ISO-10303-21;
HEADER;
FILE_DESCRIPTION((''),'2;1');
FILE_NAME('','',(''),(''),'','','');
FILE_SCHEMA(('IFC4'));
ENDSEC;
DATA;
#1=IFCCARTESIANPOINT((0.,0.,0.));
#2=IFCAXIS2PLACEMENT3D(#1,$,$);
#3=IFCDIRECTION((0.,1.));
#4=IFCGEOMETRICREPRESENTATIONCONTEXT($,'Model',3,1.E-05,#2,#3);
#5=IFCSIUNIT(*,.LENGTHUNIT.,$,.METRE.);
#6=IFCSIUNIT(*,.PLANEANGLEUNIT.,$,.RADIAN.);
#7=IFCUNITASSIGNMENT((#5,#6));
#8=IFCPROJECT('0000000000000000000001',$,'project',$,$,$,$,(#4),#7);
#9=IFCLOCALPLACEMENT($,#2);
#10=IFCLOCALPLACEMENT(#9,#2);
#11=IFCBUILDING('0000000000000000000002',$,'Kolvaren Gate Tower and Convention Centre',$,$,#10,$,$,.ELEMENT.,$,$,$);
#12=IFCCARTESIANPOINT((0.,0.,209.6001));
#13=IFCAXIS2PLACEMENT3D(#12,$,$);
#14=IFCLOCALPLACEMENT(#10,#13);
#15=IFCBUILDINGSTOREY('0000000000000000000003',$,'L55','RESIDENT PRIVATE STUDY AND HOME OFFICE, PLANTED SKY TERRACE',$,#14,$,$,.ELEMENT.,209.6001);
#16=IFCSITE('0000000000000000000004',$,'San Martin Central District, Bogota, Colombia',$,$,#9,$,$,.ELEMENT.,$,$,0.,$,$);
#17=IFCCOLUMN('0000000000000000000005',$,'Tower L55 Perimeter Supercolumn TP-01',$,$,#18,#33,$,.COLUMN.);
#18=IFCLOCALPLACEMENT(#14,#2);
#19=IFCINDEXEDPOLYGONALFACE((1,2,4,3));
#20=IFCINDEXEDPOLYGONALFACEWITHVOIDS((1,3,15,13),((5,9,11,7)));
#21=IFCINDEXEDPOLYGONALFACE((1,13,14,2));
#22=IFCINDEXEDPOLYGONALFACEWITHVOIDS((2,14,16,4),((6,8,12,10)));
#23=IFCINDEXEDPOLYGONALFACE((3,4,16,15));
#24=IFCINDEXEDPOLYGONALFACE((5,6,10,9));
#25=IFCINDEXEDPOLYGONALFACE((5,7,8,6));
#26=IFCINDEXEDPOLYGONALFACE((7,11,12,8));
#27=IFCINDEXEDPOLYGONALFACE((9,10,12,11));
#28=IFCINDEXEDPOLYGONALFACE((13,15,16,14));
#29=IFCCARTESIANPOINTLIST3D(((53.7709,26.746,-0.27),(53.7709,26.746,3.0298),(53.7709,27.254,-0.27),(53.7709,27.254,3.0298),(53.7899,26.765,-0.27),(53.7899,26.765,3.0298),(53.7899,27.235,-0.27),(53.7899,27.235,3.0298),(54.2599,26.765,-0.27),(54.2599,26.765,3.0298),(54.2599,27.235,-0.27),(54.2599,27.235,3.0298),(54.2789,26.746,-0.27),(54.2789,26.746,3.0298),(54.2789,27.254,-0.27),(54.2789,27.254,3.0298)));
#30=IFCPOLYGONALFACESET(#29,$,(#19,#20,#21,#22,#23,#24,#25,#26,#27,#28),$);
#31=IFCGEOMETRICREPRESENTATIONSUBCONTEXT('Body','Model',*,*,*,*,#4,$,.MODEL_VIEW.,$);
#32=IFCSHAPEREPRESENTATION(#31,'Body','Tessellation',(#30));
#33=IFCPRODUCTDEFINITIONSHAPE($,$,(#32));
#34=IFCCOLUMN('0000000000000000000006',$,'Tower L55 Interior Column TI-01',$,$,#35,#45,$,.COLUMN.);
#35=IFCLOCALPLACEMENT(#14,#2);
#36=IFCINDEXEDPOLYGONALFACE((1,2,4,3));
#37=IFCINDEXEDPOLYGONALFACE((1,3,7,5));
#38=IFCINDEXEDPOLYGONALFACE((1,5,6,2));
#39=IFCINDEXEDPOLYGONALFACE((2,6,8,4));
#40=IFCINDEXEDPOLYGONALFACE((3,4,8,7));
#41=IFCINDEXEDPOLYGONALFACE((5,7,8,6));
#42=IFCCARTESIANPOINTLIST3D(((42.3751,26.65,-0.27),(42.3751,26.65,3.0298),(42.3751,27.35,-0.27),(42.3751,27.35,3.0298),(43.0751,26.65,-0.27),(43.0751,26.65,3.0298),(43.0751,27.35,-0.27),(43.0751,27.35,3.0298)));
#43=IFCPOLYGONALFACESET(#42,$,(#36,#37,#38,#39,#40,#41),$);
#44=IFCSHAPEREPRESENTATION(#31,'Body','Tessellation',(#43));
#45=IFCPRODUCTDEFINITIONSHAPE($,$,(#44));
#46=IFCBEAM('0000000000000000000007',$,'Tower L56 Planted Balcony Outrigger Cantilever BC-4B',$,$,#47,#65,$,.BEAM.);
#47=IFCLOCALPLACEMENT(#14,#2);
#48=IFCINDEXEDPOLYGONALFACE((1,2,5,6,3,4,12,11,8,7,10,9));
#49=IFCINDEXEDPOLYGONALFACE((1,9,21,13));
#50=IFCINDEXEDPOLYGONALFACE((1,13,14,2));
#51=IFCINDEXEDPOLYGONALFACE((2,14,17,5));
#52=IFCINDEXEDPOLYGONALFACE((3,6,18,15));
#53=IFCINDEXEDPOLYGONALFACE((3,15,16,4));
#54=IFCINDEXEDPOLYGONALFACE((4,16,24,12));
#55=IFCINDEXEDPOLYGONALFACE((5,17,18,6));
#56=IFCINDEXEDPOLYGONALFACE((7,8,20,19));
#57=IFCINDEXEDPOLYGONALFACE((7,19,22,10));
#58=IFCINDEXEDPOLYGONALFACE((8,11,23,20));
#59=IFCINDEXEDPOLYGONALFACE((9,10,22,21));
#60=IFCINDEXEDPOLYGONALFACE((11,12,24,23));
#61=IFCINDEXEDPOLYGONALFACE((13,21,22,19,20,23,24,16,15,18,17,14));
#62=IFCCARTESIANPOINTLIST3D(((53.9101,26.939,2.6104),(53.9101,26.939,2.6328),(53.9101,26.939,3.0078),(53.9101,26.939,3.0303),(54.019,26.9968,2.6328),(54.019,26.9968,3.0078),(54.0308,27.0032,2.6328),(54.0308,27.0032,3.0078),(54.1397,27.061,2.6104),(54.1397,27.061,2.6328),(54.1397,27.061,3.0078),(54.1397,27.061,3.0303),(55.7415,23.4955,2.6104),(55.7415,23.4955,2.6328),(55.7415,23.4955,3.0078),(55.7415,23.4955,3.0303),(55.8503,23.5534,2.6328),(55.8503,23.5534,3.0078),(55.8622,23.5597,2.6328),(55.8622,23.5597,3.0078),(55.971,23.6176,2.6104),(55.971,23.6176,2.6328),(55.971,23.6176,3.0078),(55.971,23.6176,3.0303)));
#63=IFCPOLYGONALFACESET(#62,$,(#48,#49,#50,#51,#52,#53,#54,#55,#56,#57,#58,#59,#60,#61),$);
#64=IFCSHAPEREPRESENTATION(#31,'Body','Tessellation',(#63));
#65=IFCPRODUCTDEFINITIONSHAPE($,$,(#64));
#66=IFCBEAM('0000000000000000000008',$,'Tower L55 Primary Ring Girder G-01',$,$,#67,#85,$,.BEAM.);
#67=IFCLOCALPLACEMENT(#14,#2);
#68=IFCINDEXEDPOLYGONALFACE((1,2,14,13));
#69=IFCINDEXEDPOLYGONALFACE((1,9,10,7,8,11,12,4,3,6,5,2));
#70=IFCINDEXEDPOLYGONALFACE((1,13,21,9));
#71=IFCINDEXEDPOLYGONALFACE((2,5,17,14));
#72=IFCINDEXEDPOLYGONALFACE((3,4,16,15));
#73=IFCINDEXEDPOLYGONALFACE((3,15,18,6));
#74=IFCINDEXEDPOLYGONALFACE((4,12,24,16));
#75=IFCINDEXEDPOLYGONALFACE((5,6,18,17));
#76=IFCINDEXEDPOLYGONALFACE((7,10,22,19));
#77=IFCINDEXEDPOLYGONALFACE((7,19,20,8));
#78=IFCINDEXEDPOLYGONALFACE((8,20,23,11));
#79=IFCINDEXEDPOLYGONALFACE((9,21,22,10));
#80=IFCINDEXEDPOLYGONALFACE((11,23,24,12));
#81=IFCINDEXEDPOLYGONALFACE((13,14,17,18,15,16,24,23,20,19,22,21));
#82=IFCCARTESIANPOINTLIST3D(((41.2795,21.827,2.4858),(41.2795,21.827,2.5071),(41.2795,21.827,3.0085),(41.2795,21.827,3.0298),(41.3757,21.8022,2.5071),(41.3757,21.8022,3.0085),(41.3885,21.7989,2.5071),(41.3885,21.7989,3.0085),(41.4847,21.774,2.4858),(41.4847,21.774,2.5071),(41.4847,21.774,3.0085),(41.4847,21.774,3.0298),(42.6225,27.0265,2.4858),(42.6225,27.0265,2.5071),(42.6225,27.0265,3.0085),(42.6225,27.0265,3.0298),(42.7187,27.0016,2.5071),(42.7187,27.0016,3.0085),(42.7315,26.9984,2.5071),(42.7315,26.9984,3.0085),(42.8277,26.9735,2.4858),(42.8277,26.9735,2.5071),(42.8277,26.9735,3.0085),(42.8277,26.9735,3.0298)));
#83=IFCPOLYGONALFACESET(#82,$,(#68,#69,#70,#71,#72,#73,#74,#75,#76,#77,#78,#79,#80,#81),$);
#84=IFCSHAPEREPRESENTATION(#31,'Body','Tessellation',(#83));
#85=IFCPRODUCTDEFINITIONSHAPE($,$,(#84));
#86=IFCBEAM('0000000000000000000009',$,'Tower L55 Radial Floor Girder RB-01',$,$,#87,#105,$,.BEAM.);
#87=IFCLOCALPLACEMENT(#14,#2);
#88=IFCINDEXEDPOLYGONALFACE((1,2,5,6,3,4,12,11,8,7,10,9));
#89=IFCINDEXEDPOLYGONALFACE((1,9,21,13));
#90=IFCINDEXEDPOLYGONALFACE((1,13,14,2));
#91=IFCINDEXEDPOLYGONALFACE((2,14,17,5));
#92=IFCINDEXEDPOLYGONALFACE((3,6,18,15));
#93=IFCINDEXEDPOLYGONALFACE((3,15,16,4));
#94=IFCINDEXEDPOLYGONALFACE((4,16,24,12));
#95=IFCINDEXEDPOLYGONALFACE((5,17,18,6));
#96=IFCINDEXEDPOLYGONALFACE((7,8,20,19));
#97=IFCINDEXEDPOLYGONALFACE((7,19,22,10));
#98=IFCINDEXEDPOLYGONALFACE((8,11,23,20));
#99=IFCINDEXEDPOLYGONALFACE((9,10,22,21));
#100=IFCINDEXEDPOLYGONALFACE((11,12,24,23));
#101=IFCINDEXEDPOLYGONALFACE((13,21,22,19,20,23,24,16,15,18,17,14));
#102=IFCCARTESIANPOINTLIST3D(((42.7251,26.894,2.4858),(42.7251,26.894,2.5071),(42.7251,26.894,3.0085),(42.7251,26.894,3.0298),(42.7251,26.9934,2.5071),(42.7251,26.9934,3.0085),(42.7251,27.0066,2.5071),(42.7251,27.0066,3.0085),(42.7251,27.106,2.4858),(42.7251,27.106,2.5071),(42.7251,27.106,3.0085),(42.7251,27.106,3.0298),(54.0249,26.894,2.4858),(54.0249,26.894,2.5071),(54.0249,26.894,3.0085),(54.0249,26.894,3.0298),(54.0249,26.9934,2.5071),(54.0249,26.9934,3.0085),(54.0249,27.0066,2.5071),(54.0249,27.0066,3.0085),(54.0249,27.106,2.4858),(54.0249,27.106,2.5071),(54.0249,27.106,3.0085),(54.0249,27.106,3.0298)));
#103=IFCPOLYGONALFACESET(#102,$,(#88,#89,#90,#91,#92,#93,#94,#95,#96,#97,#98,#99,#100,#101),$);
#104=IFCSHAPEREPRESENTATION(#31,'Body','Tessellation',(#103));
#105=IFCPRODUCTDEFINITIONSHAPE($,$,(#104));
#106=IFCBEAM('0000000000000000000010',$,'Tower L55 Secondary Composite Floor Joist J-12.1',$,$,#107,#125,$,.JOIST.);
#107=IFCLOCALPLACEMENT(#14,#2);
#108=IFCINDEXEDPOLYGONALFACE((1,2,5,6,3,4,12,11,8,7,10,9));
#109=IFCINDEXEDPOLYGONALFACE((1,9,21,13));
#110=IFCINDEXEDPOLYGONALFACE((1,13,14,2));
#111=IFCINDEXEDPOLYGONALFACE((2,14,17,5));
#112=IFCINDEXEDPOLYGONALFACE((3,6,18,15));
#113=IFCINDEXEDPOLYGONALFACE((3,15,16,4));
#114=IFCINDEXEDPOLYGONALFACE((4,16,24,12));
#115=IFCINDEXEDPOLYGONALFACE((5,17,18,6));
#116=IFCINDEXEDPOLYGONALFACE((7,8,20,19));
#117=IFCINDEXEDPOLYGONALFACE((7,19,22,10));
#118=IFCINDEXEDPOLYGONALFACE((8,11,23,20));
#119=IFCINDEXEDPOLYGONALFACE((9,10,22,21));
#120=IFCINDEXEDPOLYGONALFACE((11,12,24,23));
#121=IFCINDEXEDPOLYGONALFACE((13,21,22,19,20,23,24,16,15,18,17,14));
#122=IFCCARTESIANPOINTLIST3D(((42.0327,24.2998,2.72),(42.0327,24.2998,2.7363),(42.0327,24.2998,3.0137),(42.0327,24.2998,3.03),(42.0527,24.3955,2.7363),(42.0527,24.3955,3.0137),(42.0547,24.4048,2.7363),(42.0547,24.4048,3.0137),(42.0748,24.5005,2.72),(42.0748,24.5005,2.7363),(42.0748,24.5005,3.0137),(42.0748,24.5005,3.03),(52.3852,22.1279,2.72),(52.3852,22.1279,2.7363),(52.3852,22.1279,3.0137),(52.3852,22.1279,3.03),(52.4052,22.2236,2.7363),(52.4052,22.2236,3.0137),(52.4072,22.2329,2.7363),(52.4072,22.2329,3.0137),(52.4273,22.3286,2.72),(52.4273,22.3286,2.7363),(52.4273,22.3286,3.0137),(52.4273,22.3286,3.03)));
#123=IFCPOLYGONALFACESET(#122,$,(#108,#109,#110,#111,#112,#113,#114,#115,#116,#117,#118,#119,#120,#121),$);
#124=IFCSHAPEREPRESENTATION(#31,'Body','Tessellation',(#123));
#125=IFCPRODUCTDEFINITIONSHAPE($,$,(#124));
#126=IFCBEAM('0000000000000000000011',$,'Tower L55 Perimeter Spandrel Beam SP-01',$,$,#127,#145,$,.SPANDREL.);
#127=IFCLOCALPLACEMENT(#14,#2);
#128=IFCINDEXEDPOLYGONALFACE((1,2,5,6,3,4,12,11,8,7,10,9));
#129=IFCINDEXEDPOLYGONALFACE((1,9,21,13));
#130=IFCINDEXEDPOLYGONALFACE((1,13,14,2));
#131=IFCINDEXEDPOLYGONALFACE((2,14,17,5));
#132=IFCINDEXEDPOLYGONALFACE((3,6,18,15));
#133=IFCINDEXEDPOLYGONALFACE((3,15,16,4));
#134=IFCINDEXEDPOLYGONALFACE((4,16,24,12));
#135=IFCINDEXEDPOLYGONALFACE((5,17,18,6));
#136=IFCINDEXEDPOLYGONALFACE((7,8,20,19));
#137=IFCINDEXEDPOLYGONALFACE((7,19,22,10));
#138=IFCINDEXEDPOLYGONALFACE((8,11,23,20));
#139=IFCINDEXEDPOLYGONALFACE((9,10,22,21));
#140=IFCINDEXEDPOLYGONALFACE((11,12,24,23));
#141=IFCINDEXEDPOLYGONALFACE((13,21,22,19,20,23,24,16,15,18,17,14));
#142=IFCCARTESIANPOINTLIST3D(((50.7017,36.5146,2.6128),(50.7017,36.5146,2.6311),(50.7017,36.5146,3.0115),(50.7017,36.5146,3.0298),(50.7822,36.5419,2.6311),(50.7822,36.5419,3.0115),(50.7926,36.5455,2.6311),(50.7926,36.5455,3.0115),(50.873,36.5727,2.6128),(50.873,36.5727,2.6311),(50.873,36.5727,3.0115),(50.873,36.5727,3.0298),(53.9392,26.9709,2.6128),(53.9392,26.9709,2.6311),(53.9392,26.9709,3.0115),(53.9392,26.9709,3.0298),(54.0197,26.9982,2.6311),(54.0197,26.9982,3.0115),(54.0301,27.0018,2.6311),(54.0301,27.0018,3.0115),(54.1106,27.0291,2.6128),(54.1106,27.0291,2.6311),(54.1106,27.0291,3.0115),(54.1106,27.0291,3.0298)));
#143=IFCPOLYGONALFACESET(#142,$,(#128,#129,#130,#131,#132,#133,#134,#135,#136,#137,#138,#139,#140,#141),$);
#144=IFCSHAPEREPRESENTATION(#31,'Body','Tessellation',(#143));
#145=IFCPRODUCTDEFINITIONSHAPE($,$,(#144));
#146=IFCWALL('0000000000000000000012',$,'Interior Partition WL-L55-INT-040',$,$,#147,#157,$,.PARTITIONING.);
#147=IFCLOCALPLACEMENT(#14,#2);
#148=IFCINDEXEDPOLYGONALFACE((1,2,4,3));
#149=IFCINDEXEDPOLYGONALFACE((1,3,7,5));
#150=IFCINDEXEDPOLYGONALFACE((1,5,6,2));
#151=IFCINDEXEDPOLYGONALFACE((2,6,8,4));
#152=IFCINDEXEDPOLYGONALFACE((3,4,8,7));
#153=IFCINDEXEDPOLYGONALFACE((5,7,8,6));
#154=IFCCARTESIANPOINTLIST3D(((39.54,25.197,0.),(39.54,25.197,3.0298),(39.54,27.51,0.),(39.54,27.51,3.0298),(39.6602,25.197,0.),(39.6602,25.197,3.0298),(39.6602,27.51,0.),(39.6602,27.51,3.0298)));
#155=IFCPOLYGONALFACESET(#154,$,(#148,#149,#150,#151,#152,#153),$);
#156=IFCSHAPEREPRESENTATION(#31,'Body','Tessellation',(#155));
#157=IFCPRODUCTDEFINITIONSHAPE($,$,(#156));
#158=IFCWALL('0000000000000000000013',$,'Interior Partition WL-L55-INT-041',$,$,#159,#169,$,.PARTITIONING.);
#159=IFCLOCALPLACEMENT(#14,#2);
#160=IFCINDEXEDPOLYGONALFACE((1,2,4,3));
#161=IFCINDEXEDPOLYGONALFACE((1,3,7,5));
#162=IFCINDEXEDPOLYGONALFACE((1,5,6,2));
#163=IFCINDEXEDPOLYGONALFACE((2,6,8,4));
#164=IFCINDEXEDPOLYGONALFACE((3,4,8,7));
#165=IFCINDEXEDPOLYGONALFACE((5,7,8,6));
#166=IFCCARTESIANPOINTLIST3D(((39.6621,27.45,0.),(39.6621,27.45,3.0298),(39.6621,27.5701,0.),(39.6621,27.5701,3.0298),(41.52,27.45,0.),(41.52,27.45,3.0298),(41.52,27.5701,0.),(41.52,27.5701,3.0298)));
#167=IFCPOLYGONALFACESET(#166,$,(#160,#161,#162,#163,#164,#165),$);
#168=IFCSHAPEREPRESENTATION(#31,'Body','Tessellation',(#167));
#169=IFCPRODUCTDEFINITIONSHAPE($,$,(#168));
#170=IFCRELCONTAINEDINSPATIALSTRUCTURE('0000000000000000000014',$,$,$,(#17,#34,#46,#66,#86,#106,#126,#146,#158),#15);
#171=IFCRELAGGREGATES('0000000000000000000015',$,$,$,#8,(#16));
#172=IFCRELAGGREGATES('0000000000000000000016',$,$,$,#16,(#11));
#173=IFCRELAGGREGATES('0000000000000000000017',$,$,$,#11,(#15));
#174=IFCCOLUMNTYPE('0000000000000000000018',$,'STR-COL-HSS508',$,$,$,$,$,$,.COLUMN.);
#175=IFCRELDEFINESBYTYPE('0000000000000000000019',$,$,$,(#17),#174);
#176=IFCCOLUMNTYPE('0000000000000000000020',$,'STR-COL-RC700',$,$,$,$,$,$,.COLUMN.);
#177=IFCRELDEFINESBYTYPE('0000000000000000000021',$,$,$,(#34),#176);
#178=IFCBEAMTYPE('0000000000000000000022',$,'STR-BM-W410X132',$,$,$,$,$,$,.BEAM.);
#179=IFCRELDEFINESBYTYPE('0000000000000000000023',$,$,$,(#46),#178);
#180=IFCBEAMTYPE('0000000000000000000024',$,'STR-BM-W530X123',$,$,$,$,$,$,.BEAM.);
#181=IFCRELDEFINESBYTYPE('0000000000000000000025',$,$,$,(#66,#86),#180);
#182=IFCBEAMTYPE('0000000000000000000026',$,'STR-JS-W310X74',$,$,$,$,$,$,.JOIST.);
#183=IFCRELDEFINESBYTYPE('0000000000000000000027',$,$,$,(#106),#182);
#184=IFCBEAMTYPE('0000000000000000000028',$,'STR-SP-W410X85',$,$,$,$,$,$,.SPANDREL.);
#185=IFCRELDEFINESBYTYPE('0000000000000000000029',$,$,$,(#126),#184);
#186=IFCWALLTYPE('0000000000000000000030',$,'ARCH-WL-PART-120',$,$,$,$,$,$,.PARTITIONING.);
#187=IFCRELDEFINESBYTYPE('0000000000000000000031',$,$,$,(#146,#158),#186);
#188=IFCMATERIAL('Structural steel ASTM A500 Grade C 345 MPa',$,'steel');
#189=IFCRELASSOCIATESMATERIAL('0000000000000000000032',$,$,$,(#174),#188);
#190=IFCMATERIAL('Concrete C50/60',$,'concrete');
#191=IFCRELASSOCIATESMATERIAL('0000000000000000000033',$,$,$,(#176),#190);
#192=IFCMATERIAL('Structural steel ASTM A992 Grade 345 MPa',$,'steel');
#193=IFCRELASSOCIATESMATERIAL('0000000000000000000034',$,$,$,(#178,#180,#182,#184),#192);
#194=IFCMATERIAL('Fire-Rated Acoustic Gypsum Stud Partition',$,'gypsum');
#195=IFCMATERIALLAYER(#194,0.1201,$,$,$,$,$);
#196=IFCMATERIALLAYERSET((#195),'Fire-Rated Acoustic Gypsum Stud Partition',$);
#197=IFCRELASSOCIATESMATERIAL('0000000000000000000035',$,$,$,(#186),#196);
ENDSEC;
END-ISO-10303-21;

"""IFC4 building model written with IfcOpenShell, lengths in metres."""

from ifc_helpers import new_model, si_unit, direction, frame, frame_2d, origin, origin_2d, place, context, subcontext, project, spatial, rectangle, hollow_rectangle, i_section, extrude, material, layer, layer_set, material_profile, profile_set, type_object, element, save


model = new_model("IFC4")

# Units and contexts
model_context = context("Model", 3, precision=1e-05, world=origin(), true_north=direction((0.0, 1.0)))
body_context = subcontext(model_context, "Body", "Model", "MODEL_VIEW")
ifc_project = project(units=[si_unit("LENGTHUNIT", "METRE"), si_unit("PLANEANGLEUNIT", "RADIAN")], contexts=[model_context])

# Site, building, storey
site_placement = place(None, origin())
site = spatial("IfcSite", under=ifc_project, at=site_placement, Name="San Martin Central District, Bogota, Colombia", CompositionType="ELEMENT", RefElevation=0.0)
building_placement = place(site_placement, origin())
building = spatial("IfcBuilding", under=site, at=building_placement, Name="Kolvaren Gate Tower and Convention Centre", CompositionType="ELEMENT")
storey_placement = place(building_placement, frame((0.0, 0.0, 209.6001)))
storey = spatial("IfcBuildingStorey", under=building, at=storey_placement, Name="L55", Description="RESIDENT PRIVATE STUDY AND HOME OFFICE, PLANTED SKY TERRACE", CompositionType="ELEMENT", Elevation=209.6001)

# Columns
ifc_material_1 = material(Name="Structural steel ASTM A500 Grade C 345 MPa", Category="steel")
ifc_material_profile_1 = material_profile(ifc_material_1, hollow_rectangle(XDim=0.5081, YDim=0.5081, WallThickness=0.019, at=origin_2d()), Name="HSS508X508X19.1")
ifc_profile_set_1 = profile_set([ifc_material_profile_1], Name="Structural steel ASTM A500 Grade C 345 MPa")
column_type_1 = type_object("IfcColumnType", Name="STR-COL-HSS508", PredefinedType="COLUMN", material=ifc_profile_set_1)
column_1_placement = place(storey_placement, frame((54.0249, 27.0, -0.27), z_axis=(0.0, 0.0, 1.0), x_axis=(1.0, 0.0, 0.0)))
element("IfcColumn", 1, at=column_1_placement, inside=storey, type_object=column_type_1, Name="Tower L55 Perimeter Supercolumn TP-01", PredefinedType="COLUMN", context=body_context, shape_type="SweptSolid", body=[
    extrude(hollow_rectangle(XDim=0.5081, YDim=0.5081, WallThickness=0.019, at=origin_2d()), origin(), (0.0, 0.0, 1.0), 3.2998),
])
ifc_material_2 = material(Name="Concrete C50/60", Category="concrete")
ifc_material_profile_2 = material_profile(ifc_material_2, rectangle(XDim=0.7, YDim=0.7, at=origin_2d()), Name="RC-COL-700X700")
ifc_profile_set_2 = profile_set([ifc_material_profile_2], Name="Concrete C50/60")
column_type_2 = type_object("IfcColumnType", Name="STR-COL-RC700", PredefinedType="COLUMN", material=ifc_profile_set_2)
column_2_placement = place(storey_placement, frame((42.7251, 27.0, -0.27), z_axis=(0.0, 0.0, 1.0), x_axis=(1.0, 0.0, 0.0)))
element("IfcColumn", 2, at=column_2_placement, inside=storey, type_object=column_type_2, Name="Tower L55 Interior Column TI-01", PredefinedType="COLUMN", context=body_context, shape_type="SweptSolid", body=[
    extrude(rectangle(XDim=0.7, YDim=0.7, at=origin_2d()), origin(), (0.0, 0.0, 1.0), 3.2998),
])

# Beams
ifc_material_3 = material(Name="Structural steel ASTM A992 Grade 345 MPa", Category="steel")
ifc_material_profile_3 = material_profile(ifc_material_3, i_section(OverallWidth=0.26, OverallDepth=0.4199, WebThickness=0.0134, FlangeThickness=0.0225, at=origin_2d()), Name="W410X132")
ifc_profile_set_3 = profile_set([ifc_material_profile_3], Name="Structural steel ASTM A992 Grade 345 MPa")
beam_type_1 = type_object("IfcBeamType", Name="STR-BM-W410X132", PredefinedType="BEAM", material=ifc_profile_set_3)
beam_1_placement = place(storey_placement, frame((54.0249, 27.0, 2.8203), z_axis=(0.469558, -0.882902, 0.0), x_axis=(0.882902, 0.469558, 0.0)))
element("IfcBeam", 3, at=beam_1_placement, inside=storey, type_object=beam_type_1, Name="Tower L56 Planted Balcony Outrigger Cantilever BC-4B", PredefinedType="BEAM", context=body_context, shape_type="SweptSolid", body=[
    extrude(i_section(OverallWidth=0.26, OverallDepth=0.4199, WebThickness=0.0134, FlangeThickness=0.0225, at=origin_2d()), origin(), (0.0, 0.0, 1.0), 3.9001),
])
ifc_material_profile_4 = material_profile(ifc_material_3, i_section(OverallWidth=0.2119, OverallDepth=0.5439, WebThickness=0.0132, FlangeThickness=0.0212, at=origin_2d()), Name="W530X123")
ifc_profile_set_4 = profile_set([ifc_material_profile_4], Name="Structural steel ASTM A992 Grade 345 MPa")
beam_type_2 = type_object("IfcBeamType", Name="STR-BM-W530X123", PredefinedType="BEAM", material=ifc_profile_set_4)
beam_2_placement = place(storey_placement, frame((42.7251, 27.0, 2.7578), z_axis=(-0.250091, -0.968222, 0.0), x_axis=(0.968222, -0.250091, 0.0)))
element("IfcBeam", 4, at=beam_2_placement, inside=storey, type_object=beam_type_2, Name="Tower L55 Primary Ring Girder G-01", PredefinedType="BEAM", context=body_context, shape_type="SweptSolid", body=[
    extrude(i_section(OverallWidth=0.2119, OverallDepth=0.5439, WebThickness=0.0132, FlangeThickness=0.0212, at=origin_2d()), origin(), (0.0, 0.0, 1.0), 5.3701),
])
beam_3_placement = place(storey_placement, frame((42.7251, 27.0, 2.7578), z_axis=(1.0, 0.0, 0.0), x_axis=(0.0, 1.0, 0.0)))
element("IfcBeam", 5, at=beam_3_placement, inside=storey, type_object=beam_type_2, Name="Tower L55 Radial Floor Girder RB-01", PredefinedType="BEAM", context=body_context, shape_type="SweptSolid", body=[
    extrude(i_section(OverallWidth=0.2119, OverallDepth=0.5439, WebThickness=0.0132, FlangeThickness=0.0212, at=origin_2d()), origin(), (0.0, 0.0, 1.0), 11.2998),
])
ifc_material_profile_5 = material_profile(ifc_material_3, i_section(OverallWidth=0.2051, OverallDepth=0.3101, WebThickness=0.0095, FlangeThickness=0.0164, at=origin_2d()), Name="W310X74")
ifc_profile_set_5 = profile_set([ifc_material_profile_5], Name="Structural steel ASTM A992 Grade 345 MPa")
beam_type_3 = type_object("IfcBeamType", Name="STR-JS-W310X74", PredefinedType="JOIST", material=ifc_profile_set_5)
beam_4_placement = place(storey_placement, frame((42.0537, 24.4001, 2.875), z_axis=(0.978695, -0.205322, 0.0), x_axis=(0.205322, 0.978695, 0.0)))
element("IfcBeam", 6, at=beam_4_placement, inside=storey, type_object=beam_type_3, Name="Tower L55 Secondary Composite Floor Joist J-12.1", PredefinedType="JOIST", context=body_context, shape_type="SweptSolid", body=[
    extrude(i_section(OverallWidth=0.2051, OverallDepth=0.3101, WebThickness=0.0095, FlangeThickness=0.0164, at=origin_2d()), origin(), (0.0, 0.0, 1.0), 10.5779),
])
ifc_material_profile_6 = material_profile(ifc_material_3, i_section(OverallWidth=0.1809, OverallDepth=0.417, WebThickness=0.011, FlangeThickness=0.0183, at=origin_2d()), Name="W410X85")
ifc_profile_set_6 = profile_set([ifc_material_profile_6], Name="Structural steel ASTM A992 Grade 345 MPa")
beam_type_4 = type_object("IfcBeamType", Name="STR-SP-W410X85", PredefinedType="SPANDREL", material=ifc_profile_set_6)
beam_5_placement = place(storey_placement, frame((54.0249, 27.0, 2.8213), z_axis=(-0.321253, 0.946994, 0.0), x_axis=(-0.946994, -0.321253, 0.0)))
element("IfcBeam", 7, at=beam_5_placement, inside=storey, type_object=beam_type_4, Name="Tower L55 Perimeter Spandrel Beam SP-01", PredefinedType="SPANDREL", context=body_context, shape_type="SweptSolid", body=[
    extrude(i_section(OverallWidth=0.1809, OverallDepth=0.417, WebThickness=0.011, FlangeThickness=0.0183, at=origin_2d()), origin(), (0.0, 0.0, 1.0), 10.0779),
])

# Walls
ifc_material_4 = material(Name="Fire-Rated Acoustic Gypsum Stud Partition", Category="gypsum")
ifc_layer = layer(ifc_material_4, 0.1201)
ifc_layer_set = layer_set([ifc_layer], Name="Fire-Rated Acoustic Gypsum Stud Partition")
wall_type = type_object("IfcWallType", Name="ARCH-WL-PART-120", PredefinedType="PARTITIONING", material=ifc_layer_set)
wall_1_placement = place(storey_placement, frame((39.6001, 25.197, 0.0), z_axis=(0.0, 0.0, 1.0), x_axis=(0.0, 1.0, 0.0)))
element("IfcWall", 8, at=wall_1_placement, inside=storey, type_object=wall_type, Name="Interior Partition WL-L55-INT-040", PredefinedType="PARTITIONING", context=body_context, shape_type="SweptSolid", body=[
    extrude(rectangle(XDim=2.313, YDim=0.1201, at=frame_2d((1.1565, 0.0))), origin(), (0.0, 0.0, 1.0), 3.0298),
])
wall_2_placement = place(storey_placement, frame((39.6621, 27.51, 0.0), z_axis=(0.0, 0.0, 1.0), x_axis=(1.0, 0.0, 0.0)))
element("IfcWall", 9, at=wall_2_placement, inside=storey, type_object=wall_type, Name="Interior Partition WL-L55-INT-041", PredefinedType="PARTITIONING", context=body_context, shape_type="SweptSolid", body=[
    extrude(rectangle(XDim=1.8579, YDim=0.1201, at=frame_2d((0.929, 0.0))), origin(), (0.0, 0.0, 1.0), 3.0298),
])

save(model, "model.ifc")
